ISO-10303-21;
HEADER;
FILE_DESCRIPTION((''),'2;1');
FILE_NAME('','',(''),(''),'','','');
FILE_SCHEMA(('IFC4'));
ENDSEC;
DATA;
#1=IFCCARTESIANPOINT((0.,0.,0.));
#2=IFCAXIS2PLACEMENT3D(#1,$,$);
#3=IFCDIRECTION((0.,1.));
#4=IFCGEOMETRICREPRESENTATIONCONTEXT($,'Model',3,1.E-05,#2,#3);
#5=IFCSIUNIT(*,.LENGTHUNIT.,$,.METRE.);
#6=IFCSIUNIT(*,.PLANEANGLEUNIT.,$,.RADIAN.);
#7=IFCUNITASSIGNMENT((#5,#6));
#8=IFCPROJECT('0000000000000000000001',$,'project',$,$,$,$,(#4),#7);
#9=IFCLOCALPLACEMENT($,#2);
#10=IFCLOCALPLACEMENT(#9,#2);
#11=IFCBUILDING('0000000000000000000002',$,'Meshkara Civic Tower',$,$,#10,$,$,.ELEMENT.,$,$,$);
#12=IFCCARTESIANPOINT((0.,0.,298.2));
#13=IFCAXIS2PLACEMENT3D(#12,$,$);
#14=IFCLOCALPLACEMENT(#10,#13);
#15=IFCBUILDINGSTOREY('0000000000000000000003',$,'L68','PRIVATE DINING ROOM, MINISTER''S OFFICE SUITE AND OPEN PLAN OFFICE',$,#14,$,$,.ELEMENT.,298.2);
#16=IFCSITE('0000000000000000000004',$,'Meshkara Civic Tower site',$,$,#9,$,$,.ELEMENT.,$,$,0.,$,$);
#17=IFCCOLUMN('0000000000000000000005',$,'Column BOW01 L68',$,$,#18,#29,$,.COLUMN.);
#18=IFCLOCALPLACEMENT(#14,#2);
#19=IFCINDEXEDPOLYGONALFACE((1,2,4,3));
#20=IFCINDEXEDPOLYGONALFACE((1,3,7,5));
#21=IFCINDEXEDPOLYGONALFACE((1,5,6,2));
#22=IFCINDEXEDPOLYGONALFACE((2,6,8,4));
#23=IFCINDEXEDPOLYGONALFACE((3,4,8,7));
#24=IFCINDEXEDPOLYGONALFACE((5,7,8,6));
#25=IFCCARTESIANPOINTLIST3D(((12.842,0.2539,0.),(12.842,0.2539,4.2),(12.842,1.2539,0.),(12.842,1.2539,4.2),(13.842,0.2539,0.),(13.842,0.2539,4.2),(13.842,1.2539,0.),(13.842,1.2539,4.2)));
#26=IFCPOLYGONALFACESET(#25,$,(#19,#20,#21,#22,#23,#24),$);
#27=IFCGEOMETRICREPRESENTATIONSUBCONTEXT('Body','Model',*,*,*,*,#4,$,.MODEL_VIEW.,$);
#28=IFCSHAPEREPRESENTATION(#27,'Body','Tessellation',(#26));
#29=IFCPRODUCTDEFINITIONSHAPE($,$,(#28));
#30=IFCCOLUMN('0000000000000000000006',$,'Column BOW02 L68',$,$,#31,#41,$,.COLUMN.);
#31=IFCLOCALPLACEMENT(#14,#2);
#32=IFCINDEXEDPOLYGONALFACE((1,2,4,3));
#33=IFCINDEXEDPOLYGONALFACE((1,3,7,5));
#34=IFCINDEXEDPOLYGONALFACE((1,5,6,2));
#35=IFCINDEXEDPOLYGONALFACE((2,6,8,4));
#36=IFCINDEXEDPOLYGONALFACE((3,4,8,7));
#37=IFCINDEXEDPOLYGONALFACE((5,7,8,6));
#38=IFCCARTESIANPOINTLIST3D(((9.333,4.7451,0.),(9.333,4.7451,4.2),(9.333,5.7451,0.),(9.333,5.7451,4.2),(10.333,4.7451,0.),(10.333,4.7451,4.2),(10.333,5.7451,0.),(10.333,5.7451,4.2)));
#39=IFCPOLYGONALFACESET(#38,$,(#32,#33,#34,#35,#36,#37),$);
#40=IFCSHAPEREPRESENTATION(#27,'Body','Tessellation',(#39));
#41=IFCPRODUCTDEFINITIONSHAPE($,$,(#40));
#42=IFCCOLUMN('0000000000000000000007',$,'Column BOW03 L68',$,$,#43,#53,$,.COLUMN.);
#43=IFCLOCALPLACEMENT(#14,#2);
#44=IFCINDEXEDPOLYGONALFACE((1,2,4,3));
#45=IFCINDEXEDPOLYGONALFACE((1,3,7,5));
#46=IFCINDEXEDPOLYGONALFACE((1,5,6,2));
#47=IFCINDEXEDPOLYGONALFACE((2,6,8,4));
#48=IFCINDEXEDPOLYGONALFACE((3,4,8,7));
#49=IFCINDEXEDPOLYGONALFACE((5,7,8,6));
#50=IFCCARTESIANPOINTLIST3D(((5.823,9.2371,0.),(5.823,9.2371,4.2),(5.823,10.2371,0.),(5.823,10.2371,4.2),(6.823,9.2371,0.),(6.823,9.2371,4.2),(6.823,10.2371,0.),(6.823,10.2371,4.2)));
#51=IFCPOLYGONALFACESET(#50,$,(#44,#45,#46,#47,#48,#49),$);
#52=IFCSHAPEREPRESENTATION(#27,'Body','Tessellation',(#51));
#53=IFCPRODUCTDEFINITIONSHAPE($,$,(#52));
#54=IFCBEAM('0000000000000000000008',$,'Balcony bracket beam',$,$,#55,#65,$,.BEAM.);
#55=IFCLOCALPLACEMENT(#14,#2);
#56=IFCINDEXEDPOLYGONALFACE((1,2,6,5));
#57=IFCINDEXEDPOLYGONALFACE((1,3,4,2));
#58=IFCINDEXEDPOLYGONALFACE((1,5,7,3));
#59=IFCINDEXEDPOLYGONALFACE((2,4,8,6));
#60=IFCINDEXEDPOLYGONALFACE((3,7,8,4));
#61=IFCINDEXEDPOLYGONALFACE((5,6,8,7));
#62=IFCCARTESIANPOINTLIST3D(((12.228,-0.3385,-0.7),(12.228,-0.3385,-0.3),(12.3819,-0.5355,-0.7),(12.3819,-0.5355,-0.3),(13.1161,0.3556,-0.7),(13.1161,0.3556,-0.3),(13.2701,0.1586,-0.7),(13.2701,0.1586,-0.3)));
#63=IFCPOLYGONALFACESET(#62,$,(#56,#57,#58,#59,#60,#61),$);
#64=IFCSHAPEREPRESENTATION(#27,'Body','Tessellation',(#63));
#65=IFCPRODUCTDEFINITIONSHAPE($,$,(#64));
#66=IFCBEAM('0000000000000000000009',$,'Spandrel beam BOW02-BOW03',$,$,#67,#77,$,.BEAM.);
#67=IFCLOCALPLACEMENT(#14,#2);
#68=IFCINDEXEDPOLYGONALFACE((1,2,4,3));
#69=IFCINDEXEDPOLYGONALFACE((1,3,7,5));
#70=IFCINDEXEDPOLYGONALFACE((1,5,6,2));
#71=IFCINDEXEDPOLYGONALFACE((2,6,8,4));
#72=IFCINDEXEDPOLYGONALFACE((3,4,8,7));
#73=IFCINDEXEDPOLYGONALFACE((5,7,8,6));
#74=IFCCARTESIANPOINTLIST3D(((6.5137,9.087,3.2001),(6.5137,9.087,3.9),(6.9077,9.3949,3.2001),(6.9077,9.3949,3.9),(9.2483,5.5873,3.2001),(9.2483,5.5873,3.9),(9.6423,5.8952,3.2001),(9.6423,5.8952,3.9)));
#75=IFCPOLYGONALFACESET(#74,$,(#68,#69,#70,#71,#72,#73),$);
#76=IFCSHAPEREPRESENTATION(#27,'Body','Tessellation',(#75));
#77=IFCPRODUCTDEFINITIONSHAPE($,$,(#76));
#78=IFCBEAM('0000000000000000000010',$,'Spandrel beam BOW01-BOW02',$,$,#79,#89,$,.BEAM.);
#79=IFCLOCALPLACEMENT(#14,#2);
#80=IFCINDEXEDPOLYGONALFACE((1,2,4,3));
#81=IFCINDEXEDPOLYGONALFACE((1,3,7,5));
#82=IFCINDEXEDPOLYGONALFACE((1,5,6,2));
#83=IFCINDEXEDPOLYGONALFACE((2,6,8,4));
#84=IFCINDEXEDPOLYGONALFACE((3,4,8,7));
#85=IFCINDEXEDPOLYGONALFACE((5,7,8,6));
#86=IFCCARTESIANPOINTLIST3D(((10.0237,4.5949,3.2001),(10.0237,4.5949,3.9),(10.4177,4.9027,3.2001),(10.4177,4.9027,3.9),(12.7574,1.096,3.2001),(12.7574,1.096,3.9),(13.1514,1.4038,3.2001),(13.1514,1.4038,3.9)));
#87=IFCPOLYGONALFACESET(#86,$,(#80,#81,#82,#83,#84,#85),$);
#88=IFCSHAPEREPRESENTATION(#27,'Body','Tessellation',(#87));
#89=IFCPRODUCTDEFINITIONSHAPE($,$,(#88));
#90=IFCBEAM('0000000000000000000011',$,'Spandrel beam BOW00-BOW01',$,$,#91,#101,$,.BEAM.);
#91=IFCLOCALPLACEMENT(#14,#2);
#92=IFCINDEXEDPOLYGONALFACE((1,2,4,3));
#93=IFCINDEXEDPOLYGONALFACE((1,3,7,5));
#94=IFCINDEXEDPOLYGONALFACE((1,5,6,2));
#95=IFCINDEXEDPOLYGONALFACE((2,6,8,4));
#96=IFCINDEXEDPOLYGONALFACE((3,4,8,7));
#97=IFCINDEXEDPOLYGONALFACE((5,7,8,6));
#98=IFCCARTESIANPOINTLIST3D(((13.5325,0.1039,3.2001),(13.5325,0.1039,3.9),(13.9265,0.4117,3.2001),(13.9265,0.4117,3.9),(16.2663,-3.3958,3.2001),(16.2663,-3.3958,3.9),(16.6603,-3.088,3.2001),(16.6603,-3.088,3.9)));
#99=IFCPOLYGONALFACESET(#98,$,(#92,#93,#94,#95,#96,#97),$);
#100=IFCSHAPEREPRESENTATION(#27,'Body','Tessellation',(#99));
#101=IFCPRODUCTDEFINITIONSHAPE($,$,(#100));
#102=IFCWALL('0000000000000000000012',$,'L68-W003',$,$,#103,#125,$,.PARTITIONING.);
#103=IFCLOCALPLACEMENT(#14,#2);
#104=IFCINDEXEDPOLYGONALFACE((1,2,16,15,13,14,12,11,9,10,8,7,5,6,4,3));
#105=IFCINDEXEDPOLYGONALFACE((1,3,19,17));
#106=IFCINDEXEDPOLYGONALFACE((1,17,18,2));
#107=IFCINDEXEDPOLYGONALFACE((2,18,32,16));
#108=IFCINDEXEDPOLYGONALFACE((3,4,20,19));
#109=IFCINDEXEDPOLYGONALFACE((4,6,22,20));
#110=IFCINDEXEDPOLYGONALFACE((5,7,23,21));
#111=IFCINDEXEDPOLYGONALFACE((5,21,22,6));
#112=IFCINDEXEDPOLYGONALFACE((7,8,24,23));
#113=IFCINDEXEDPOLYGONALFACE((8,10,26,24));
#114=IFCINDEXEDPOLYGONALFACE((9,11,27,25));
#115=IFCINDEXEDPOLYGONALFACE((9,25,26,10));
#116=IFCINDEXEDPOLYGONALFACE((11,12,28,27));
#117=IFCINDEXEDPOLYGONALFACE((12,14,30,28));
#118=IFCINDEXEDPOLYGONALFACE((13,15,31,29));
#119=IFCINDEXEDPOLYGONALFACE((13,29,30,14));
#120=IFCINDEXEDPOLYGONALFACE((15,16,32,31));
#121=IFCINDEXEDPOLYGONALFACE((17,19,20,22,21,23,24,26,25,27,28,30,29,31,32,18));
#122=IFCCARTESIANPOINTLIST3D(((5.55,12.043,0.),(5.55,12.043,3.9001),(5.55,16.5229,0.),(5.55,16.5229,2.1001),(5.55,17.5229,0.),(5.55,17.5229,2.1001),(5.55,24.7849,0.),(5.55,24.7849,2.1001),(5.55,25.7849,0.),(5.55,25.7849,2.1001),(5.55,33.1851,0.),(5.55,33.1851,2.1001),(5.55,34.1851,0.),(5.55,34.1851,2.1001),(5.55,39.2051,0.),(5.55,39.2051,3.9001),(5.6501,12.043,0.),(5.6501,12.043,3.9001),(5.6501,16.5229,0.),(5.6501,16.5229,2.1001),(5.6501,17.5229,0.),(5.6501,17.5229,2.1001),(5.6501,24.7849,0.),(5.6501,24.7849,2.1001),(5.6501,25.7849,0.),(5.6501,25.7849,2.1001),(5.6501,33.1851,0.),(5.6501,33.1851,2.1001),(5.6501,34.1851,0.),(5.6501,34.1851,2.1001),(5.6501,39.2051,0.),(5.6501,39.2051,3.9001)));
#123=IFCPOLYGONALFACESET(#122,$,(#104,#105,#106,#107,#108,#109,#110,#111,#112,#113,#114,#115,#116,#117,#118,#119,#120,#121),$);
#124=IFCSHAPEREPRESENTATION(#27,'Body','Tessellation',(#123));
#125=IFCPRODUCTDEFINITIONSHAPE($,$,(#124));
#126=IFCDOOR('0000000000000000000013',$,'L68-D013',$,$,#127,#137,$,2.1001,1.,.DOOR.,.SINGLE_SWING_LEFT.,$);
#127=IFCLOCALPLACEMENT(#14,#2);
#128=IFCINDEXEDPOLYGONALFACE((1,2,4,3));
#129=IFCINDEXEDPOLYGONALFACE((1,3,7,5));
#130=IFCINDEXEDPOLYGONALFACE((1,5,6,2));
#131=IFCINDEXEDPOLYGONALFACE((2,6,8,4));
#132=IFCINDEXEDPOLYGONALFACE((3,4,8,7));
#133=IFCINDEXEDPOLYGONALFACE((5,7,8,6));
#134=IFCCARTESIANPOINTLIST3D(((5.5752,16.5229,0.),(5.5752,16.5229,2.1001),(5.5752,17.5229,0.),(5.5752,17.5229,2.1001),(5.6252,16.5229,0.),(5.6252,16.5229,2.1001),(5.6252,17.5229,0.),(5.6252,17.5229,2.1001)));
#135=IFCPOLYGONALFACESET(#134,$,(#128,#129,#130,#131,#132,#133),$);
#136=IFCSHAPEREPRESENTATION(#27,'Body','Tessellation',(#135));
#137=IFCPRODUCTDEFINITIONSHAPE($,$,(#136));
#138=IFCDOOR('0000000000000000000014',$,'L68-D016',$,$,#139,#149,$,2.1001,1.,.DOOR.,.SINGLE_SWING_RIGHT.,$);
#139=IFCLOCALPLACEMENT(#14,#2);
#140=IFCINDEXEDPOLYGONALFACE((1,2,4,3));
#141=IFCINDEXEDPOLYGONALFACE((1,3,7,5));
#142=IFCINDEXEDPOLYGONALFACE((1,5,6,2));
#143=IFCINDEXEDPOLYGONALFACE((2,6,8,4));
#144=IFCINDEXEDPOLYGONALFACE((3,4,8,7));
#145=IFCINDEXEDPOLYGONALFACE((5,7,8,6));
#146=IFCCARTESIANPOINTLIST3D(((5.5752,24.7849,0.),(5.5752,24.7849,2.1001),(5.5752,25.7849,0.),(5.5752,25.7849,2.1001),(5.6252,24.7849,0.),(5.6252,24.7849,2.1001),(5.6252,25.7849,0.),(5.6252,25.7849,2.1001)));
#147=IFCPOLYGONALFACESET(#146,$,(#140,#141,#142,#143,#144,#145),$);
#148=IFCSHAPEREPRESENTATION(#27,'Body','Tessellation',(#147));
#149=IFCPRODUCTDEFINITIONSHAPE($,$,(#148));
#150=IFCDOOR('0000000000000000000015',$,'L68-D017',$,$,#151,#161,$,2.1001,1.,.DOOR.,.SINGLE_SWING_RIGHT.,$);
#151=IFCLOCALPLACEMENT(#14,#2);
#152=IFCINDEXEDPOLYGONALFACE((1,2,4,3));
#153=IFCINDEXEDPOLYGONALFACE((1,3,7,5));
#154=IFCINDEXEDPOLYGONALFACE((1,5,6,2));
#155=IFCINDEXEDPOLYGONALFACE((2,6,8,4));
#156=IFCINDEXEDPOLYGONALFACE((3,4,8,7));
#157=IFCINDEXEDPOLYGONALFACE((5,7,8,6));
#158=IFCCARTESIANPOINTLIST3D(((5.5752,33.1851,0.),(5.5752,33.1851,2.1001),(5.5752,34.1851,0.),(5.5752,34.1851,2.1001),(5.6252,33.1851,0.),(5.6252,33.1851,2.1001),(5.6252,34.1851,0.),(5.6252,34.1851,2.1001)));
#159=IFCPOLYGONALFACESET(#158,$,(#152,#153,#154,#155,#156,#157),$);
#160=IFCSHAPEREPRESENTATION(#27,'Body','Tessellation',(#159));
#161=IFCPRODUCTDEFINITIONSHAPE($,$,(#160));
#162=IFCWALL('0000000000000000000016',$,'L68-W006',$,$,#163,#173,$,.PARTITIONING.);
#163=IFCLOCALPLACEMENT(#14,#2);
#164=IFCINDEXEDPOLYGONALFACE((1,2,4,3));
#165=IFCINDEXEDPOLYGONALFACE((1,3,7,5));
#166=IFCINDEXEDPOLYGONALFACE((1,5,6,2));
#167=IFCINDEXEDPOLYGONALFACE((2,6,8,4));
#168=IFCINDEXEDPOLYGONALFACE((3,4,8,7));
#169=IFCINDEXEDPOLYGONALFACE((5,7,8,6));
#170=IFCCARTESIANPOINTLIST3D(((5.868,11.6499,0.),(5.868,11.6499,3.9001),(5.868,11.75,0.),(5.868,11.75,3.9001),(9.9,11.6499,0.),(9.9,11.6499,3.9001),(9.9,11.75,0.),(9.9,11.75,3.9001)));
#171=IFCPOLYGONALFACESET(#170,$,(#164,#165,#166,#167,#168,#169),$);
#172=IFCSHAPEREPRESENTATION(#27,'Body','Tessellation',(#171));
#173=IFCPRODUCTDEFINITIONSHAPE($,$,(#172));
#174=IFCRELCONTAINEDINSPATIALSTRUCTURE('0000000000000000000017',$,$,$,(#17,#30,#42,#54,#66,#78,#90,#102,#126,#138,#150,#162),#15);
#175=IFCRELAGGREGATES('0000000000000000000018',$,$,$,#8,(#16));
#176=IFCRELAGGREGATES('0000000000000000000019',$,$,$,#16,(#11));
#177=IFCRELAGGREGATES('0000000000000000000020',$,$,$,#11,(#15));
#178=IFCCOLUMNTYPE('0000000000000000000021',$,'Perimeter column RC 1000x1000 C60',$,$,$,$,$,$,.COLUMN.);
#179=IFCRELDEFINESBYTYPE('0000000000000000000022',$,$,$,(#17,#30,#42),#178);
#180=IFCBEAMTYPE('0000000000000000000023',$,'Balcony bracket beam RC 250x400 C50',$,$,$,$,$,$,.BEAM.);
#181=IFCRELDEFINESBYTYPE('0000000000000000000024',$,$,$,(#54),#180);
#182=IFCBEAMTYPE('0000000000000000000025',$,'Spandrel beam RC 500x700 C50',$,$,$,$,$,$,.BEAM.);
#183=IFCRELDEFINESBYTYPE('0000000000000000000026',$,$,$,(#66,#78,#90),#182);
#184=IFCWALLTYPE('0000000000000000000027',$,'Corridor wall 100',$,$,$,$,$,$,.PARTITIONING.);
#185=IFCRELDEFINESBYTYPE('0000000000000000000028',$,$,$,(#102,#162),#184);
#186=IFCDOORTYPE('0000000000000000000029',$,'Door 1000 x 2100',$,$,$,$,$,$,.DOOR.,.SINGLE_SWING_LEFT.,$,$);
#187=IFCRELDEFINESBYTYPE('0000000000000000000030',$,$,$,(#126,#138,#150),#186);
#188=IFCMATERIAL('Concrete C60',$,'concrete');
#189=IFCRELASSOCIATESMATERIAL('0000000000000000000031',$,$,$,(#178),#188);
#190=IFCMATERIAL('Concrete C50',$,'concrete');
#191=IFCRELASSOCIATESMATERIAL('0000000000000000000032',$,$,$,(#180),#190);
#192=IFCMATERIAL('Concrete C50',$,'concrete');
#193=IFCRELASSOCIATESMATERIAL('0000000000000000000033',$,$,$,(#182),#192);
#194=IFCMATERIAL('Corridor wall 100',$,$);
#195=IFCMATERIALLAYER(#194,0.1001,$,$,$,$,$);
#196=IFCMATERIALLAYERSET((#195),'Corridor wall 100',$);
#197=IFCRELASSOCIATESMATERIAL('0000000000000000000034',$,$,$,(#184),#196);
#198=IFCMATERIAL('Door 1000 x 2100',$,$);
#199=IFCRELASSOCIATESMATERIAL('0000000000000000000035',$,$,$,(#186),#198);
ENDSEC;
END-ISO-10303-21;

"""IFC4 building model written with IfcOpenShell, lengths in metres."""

from ifc_helpers import new_model, si_unit, direction, frame, frame_2d, origin, origin_2d, place, context, subcontext, project, spatial, rectangle, extrude, material, layer, layer_set, material_profile, profile_set, type_object, element, fill, save


model = new_model("IFC4")

# Units and contexts
model_context = context("Model", 3, precision=1e-05, world=origin(), true_north=direction((0.0, 1.0)))
body_context = subcontext(model_context, "Body", "Model", "MODEL_VIEW")
ifc_project = project(units=[si_unit("LENGTHUNIT", "METRE"), si_unit("PLANEANGLEUNIT", "RADIAN")], contexts=[model_context])

# Site, building, storey
site_placement = place(None, origin())
site = spatial("IfcSite", under=ifc_project, at=site_placement, Name="Meshkara Civic Tower site", CompositionType="ELEMENT", RefElevation=0.0)
building_placement = place(site_placement, origin())
building = spatial("IfcBuilding", under=site, at=building_placement, Name="Meshkara Civic Tower", CompositionType="ELEMENT")
storey_placement = place(building_placement, frame((0.0, 0.0, 298.2)))
storey = spatial("IfcBuildingStorey", under=building, at=storey_placement, Name="L68", Description="PRIVATE DINING ROOM, MINISTER'S OFFICE SUITE AND OPEN PLAN OFFICE", CompositionType="ELEMENT", Elevation=298.2)

# Columns
ifc_material_1 = material(Name="Concrete C60", Category="concrete")
ifc_material_profile_1 = material_profile(ifc_material_1, rectangle(XDim=1.0, YDim=1.0, at=origin_2d()))
ifc_profile_set_1 = profile_set([ifc_material_profile_1], Name="Concrete C60")
column_type = type_object("IfcColumnType", Name="Perimeter column RC 1000x1000 C60", PredefinedType="COLUMN", material=ifc_profile_set_1)
for number, where, z_axis, x_axis, name in (
    (1, (13.342, 0.7539, 0.0), (0.0, 0.0, 1.0), (1.0, 0.0, 0.0), "Column BOW01 L68"),
    (2, (9.833, 5.2451, 0.0), (0.0, 0.0, 1.0), (1.0, 0.0, 0.0), "Column BOW02 L68"),
    (3, (6.323, 9.7371, 0.0), (0.0, 0.0, 1.0), (1.0, 0.0, 0.0), "Column BOW03 L68"),
):
    element("IfcColumn", number, at=place(storey_placement, frame(where, z_axis=z_axis, x_axis=x_axis)), inside=storey, type_object=column_type, Name=name, PredefinedType="COLUMN", context=body_context, shape_type="SweptSolid", body=[
        extrude(rectangle(XDim=1.0, YDim=1.0, at=origin_2d()), origin(), (0.0, 0.0, 1.0), 4.2),
    ])

# Beams
ifc_material_2 = material(Name="Concrete C50", Category="concrete")
ifc_material_profile_2 = material_profile(ifc_material_2, rectangle(XDim=0.25, YDim=0.3999, at=origin_2d()))
ifc_profile_set_2 = profile_set([ifc_material_profile_2], Name="Concrete C50")
beam_type_1 = type_object("IfcBeamType", Name="Balcony bracket beam RC 250x400 C50", PredefinedType="BEAM", material=ifc_profile_set_2)
beam_1_placement = place(storey_placement, frame((13.1931, 0.2571, -0.5), z_axis=(-0.787939, -0.615753, 0.0), x_axis=(0.615753, -0.787939, 0.0)))
element("IfcBeam", 4, at=beam_1_placement, inside=storey, type_object=beam_type_1, Name="Balcony bracket beam", PredefinedType="BEAM", context=body_context, shape_type="SweptSolid", body=[
    extrude(rectangle(XDim=0.25, YDim=0.3999, at=origin_2d()), origin(), (0.0, 0.0, 1.0), 1.1272),
])
ifc_material_3 = material(Name="Concrete C50", Category="concrete")
ifc_material_profile_3 = material_profile(ifc_material_3, rectangle(XDim=0.5, YDim=0.7, at=origin_2d()))
ifc_profile_set_3 = profile_set([ifc_material_profile_3], Name="Concrete C50")
beam_type_2 = type_object("IfcBeamType", Name="Spandrel beam RC 500x700 C50", PredefinedType="BEAM", material=ifc_profile_set_3)
beam_2_placement = place(storey_placement, frame((6.7107, 9.241, 3.55), z_axis=(0.615705, -0.787977, 0.0), x_axis=(0.787977, 0.615705, 0.0)))
element("IfcBeam", 5, at=beam_2_placement, inside=storey, type_object=beam_type_2, Name="Spandrel beam BOW02-BOW03", PredefinedType="BEAM", context=body_context, shape_type="SweptSolid", body=[
    extrude(rectangle(XDim=0.5, YDim=0.7, at=origin_2d()), origin(), (0.0, 0.0, 1.0), 4.4414),
])
beam_3_placement = place(storey_placement, frame((10.2207, 4.7488, 3.55), z_axis=(0.615675, -0.788, 0.0), x_axis=(0.788, 0.615675, 0.0)))
element("IfcBeam", 6, at=beam_3_placement, inside=storey, type_object=beam_type_2, Name="Spandrel beam BOW01-BOW02", PredefinedType="BEAM", context=body_context, shape_type="SweptSolid", body=[
    extrude(rectangle(XDim=0.5, YDim=0.7, at=origin_2d()), origin(), (0.0, 0.0, 1.0), 4.4402),
])
beam_4_placement = place(storey_placement, frame((13.7295, 0.2578, 3.55), z_axis=(0.615602, -0.788057, 0.0), x_axis=(0.788057, 0.615602, 0.0)))
element("IfcBeam", 7, at=beam_4_placement, inside=storey, type_object=beam_type_2, Name="Spandrel beam BOW00-BOW01", PredefinedType="BEAM", context=body_context, shape_type="SweptSolid", body=[
    extrude(rectangle(XDim=0.5, YDim=0.7, at=origin_2d()), origin(), (0.0, 0.0, 1.0), 4.4409),
])

# Wall, openings, doors
ifc_material_4 = material(Name="Corridor wall 100")
ifc_layer_1 = layer(ifc_material_4, 0.1001)
ifc_layer_set_1 = layer_set([ifc_layer_1], Name="Corridor wall 100")
wall_type_1 = type_object("IfcWallType", Name="Corridor wall 100", PredefinedType="PARTITIONING", material=ifc_layer_set_1)
wall_1_placement = place(storey_placement, frame((5.6001, 12.043, 0.0), z_axis=(0.0, 0.0, 1.0), x_axis=(0.0, 1.0, 0.0)))
wall_1 = element("IfcWall", 8, at=wall_1_placement, inside=storey, type_object=wall_type_1, Name="L68-W003", PredefinedType="PARTITIONING", context=body_context, shape_type="SweptSolid", body=[
    extrude(rectangle(XDim=27.1621, YDim=0.1001, at=frame_2d((13.5811, 0.0))), origin(), (0.0, 0.0, 1.0), 3.9001),
])
opening_1_placement = place(wall_1_placement, frame((4.48, 0.0, 0.0)))
opening_1 = element("IfcOpeningElement", 9, at=opening_1_placement, cuts=wall_1, PredefinedType="OPENING", context=body_context, shape_type="SweptSolid", body=[
    extrude(rectangle(XDim=1.0, YDim=2.1001, at=frame_2d((0.5, 1.05))), frame((0.0, 0.0601, 0.0), z_axis=(0.0, -1.0, 0.0), x_axis=(1.0, 0.0, 0.0)), (0.0, 0.0, 1.0), 0.1201),
])
opening_2_placement = place(wall_1_placement, frame((12.7419, 0.0, 0.0)))
opening_2 = element("IfcOpeningElement", 10, at=opening_2_placement, cuts=wall_1, PredefinedType="OPENING", context=body_context, shape_type="SweptSolid", body=[
    extrude(rectangle(XDim=1.0, YDim=2.1001, at=frame_2d((0.5, 1.05))), frame((0.0, 0.0601, 0.0), z_axis=(0.0, -1.0, 0.0), x_axis=(1.0, 0.0, 0.0)), (0.0, 0.0, 1.0), 0.1201),
])
opening_3_placement = place(wall_1_placement, frame((21.1421, 0.0, 0.0)))
opening_3 = element("IfcOpeningElement", 11, at=opening_3_placement, cuts=wall_1, PredefinedType="OPENING", context=body_context, shape_type="SweptSolid", body=[
    extrude(rectangle(XDim=1.0, YDim=2.1001, at=frame_2d((0.5, 1.05))), frame((0.0, 0.0601, 0.0), z_axis=(0.0, -1.0, 0.0), x_axis=(1.0, 0.0, 0.0)), (0.0, 0.0, 1.0), 0.1201),
])
ifc_material_5 = material(Name="Door 1000 x 2100")
door_type = type_object("IfcDoorType", Name="Door 1000 x 2100", OperationType="SINGLE_SWING_LEFT", PredefinedType="DOOR", material=ifc_material_5)
door_1_placement = place(opening_1_placement, origin())
door_1 = element("IfcDoor", 12, at=door_1_placement, inside=storey, type_object=door_type, Name="L68-D013", OperationType="SINGLE_SWING_LEFT", OverallHeight=2.1001, OverallWidth=1.0, PredefinedType="DOOR", context=body_context, shape_type="SweptSolid", body=[
    extrude(rectangle(XDim=1.0, YDim=2.1001, at=frame_2d((0.5, 1.05))), frame((0.0, 0.0249, 0.0), z_axis=(0.0, -1.0, 0.0), x_axis=(1.0, 0.0, 0.0)), (0.0, 0.0, 1.0), 0.05),
])
fill(opening_1, door_1)
door_2_placement = place(opening_2_placement, origin())
door_2 = element("IfcDoor", 13, at=door_2_placement, inside=storey, type_object=door_type, Name="L68-D016", OperationType="SINGLE_SWING_RIGHT", OverallHeight=2.1001, OverallWidth=1.0, PredefinedType="DOOR", context=body_context, shape_type="SweptSolid", body=[
    extrude(rectangle(XDim=1.0, YDim=2.1001, at=frame_2d((0.5, 1.05))), frame((0.0, 0.0249, 0.0), z_axis=(0.0, -1.0, 0.0), x_axis=(1.0, 0.0, 0.0)), (0.0, 0.0, 1.0), 0.05),
])
fill(opening_2, door_2)
door_3_placement = place(opening_3_placement, origin())
door_3 = element("IfcDoor", 14, at=door_3_placement, inside=storey, type_object=door_type, Name="L68-D017", OperationType="SINGLE_SWING_RIGHT", OverallHeight=2.1001, OverallWidth=1.0, PredefinedType="DOOR", context=body_context, shape_type="SweptSolid", body=[
    extrude(rectangle(XDim=1.0, YDim=2.1001, at=frame_2d((0.5, 1.05))), frame((0.0, 0.0249, 0.0), z_axis=(0.0, -1.0, 0.0), x_axis=(1.0, 0.0, 0.0)), (0.0, 0.0, 1.0), 0.05),
])
fill(opening_3, door_3)

# Wall
wall_2_placement = place(storey_placement, frame((5.8679, 11.7, 0.0), z_axis=(0.0, 0.0, 1.0), x_axis=(1.0, 0.0, 0.0)))
element("IfcWall", 15, at=wall_2_placement, inside=storey, type_object=wall_type_1, Name="L68-W006", PredefinedType="PARTITIONING", context=body_context, shape_type="SweptSolid", body=[
    extrude(rectangle(XDim=4.032, YDim=0.1001, at=frame_2d((2.0161, 0.0))), origin(), (0.0, 0.0, 1.0), 3.9001),
])

save(model, "model.ifc")
